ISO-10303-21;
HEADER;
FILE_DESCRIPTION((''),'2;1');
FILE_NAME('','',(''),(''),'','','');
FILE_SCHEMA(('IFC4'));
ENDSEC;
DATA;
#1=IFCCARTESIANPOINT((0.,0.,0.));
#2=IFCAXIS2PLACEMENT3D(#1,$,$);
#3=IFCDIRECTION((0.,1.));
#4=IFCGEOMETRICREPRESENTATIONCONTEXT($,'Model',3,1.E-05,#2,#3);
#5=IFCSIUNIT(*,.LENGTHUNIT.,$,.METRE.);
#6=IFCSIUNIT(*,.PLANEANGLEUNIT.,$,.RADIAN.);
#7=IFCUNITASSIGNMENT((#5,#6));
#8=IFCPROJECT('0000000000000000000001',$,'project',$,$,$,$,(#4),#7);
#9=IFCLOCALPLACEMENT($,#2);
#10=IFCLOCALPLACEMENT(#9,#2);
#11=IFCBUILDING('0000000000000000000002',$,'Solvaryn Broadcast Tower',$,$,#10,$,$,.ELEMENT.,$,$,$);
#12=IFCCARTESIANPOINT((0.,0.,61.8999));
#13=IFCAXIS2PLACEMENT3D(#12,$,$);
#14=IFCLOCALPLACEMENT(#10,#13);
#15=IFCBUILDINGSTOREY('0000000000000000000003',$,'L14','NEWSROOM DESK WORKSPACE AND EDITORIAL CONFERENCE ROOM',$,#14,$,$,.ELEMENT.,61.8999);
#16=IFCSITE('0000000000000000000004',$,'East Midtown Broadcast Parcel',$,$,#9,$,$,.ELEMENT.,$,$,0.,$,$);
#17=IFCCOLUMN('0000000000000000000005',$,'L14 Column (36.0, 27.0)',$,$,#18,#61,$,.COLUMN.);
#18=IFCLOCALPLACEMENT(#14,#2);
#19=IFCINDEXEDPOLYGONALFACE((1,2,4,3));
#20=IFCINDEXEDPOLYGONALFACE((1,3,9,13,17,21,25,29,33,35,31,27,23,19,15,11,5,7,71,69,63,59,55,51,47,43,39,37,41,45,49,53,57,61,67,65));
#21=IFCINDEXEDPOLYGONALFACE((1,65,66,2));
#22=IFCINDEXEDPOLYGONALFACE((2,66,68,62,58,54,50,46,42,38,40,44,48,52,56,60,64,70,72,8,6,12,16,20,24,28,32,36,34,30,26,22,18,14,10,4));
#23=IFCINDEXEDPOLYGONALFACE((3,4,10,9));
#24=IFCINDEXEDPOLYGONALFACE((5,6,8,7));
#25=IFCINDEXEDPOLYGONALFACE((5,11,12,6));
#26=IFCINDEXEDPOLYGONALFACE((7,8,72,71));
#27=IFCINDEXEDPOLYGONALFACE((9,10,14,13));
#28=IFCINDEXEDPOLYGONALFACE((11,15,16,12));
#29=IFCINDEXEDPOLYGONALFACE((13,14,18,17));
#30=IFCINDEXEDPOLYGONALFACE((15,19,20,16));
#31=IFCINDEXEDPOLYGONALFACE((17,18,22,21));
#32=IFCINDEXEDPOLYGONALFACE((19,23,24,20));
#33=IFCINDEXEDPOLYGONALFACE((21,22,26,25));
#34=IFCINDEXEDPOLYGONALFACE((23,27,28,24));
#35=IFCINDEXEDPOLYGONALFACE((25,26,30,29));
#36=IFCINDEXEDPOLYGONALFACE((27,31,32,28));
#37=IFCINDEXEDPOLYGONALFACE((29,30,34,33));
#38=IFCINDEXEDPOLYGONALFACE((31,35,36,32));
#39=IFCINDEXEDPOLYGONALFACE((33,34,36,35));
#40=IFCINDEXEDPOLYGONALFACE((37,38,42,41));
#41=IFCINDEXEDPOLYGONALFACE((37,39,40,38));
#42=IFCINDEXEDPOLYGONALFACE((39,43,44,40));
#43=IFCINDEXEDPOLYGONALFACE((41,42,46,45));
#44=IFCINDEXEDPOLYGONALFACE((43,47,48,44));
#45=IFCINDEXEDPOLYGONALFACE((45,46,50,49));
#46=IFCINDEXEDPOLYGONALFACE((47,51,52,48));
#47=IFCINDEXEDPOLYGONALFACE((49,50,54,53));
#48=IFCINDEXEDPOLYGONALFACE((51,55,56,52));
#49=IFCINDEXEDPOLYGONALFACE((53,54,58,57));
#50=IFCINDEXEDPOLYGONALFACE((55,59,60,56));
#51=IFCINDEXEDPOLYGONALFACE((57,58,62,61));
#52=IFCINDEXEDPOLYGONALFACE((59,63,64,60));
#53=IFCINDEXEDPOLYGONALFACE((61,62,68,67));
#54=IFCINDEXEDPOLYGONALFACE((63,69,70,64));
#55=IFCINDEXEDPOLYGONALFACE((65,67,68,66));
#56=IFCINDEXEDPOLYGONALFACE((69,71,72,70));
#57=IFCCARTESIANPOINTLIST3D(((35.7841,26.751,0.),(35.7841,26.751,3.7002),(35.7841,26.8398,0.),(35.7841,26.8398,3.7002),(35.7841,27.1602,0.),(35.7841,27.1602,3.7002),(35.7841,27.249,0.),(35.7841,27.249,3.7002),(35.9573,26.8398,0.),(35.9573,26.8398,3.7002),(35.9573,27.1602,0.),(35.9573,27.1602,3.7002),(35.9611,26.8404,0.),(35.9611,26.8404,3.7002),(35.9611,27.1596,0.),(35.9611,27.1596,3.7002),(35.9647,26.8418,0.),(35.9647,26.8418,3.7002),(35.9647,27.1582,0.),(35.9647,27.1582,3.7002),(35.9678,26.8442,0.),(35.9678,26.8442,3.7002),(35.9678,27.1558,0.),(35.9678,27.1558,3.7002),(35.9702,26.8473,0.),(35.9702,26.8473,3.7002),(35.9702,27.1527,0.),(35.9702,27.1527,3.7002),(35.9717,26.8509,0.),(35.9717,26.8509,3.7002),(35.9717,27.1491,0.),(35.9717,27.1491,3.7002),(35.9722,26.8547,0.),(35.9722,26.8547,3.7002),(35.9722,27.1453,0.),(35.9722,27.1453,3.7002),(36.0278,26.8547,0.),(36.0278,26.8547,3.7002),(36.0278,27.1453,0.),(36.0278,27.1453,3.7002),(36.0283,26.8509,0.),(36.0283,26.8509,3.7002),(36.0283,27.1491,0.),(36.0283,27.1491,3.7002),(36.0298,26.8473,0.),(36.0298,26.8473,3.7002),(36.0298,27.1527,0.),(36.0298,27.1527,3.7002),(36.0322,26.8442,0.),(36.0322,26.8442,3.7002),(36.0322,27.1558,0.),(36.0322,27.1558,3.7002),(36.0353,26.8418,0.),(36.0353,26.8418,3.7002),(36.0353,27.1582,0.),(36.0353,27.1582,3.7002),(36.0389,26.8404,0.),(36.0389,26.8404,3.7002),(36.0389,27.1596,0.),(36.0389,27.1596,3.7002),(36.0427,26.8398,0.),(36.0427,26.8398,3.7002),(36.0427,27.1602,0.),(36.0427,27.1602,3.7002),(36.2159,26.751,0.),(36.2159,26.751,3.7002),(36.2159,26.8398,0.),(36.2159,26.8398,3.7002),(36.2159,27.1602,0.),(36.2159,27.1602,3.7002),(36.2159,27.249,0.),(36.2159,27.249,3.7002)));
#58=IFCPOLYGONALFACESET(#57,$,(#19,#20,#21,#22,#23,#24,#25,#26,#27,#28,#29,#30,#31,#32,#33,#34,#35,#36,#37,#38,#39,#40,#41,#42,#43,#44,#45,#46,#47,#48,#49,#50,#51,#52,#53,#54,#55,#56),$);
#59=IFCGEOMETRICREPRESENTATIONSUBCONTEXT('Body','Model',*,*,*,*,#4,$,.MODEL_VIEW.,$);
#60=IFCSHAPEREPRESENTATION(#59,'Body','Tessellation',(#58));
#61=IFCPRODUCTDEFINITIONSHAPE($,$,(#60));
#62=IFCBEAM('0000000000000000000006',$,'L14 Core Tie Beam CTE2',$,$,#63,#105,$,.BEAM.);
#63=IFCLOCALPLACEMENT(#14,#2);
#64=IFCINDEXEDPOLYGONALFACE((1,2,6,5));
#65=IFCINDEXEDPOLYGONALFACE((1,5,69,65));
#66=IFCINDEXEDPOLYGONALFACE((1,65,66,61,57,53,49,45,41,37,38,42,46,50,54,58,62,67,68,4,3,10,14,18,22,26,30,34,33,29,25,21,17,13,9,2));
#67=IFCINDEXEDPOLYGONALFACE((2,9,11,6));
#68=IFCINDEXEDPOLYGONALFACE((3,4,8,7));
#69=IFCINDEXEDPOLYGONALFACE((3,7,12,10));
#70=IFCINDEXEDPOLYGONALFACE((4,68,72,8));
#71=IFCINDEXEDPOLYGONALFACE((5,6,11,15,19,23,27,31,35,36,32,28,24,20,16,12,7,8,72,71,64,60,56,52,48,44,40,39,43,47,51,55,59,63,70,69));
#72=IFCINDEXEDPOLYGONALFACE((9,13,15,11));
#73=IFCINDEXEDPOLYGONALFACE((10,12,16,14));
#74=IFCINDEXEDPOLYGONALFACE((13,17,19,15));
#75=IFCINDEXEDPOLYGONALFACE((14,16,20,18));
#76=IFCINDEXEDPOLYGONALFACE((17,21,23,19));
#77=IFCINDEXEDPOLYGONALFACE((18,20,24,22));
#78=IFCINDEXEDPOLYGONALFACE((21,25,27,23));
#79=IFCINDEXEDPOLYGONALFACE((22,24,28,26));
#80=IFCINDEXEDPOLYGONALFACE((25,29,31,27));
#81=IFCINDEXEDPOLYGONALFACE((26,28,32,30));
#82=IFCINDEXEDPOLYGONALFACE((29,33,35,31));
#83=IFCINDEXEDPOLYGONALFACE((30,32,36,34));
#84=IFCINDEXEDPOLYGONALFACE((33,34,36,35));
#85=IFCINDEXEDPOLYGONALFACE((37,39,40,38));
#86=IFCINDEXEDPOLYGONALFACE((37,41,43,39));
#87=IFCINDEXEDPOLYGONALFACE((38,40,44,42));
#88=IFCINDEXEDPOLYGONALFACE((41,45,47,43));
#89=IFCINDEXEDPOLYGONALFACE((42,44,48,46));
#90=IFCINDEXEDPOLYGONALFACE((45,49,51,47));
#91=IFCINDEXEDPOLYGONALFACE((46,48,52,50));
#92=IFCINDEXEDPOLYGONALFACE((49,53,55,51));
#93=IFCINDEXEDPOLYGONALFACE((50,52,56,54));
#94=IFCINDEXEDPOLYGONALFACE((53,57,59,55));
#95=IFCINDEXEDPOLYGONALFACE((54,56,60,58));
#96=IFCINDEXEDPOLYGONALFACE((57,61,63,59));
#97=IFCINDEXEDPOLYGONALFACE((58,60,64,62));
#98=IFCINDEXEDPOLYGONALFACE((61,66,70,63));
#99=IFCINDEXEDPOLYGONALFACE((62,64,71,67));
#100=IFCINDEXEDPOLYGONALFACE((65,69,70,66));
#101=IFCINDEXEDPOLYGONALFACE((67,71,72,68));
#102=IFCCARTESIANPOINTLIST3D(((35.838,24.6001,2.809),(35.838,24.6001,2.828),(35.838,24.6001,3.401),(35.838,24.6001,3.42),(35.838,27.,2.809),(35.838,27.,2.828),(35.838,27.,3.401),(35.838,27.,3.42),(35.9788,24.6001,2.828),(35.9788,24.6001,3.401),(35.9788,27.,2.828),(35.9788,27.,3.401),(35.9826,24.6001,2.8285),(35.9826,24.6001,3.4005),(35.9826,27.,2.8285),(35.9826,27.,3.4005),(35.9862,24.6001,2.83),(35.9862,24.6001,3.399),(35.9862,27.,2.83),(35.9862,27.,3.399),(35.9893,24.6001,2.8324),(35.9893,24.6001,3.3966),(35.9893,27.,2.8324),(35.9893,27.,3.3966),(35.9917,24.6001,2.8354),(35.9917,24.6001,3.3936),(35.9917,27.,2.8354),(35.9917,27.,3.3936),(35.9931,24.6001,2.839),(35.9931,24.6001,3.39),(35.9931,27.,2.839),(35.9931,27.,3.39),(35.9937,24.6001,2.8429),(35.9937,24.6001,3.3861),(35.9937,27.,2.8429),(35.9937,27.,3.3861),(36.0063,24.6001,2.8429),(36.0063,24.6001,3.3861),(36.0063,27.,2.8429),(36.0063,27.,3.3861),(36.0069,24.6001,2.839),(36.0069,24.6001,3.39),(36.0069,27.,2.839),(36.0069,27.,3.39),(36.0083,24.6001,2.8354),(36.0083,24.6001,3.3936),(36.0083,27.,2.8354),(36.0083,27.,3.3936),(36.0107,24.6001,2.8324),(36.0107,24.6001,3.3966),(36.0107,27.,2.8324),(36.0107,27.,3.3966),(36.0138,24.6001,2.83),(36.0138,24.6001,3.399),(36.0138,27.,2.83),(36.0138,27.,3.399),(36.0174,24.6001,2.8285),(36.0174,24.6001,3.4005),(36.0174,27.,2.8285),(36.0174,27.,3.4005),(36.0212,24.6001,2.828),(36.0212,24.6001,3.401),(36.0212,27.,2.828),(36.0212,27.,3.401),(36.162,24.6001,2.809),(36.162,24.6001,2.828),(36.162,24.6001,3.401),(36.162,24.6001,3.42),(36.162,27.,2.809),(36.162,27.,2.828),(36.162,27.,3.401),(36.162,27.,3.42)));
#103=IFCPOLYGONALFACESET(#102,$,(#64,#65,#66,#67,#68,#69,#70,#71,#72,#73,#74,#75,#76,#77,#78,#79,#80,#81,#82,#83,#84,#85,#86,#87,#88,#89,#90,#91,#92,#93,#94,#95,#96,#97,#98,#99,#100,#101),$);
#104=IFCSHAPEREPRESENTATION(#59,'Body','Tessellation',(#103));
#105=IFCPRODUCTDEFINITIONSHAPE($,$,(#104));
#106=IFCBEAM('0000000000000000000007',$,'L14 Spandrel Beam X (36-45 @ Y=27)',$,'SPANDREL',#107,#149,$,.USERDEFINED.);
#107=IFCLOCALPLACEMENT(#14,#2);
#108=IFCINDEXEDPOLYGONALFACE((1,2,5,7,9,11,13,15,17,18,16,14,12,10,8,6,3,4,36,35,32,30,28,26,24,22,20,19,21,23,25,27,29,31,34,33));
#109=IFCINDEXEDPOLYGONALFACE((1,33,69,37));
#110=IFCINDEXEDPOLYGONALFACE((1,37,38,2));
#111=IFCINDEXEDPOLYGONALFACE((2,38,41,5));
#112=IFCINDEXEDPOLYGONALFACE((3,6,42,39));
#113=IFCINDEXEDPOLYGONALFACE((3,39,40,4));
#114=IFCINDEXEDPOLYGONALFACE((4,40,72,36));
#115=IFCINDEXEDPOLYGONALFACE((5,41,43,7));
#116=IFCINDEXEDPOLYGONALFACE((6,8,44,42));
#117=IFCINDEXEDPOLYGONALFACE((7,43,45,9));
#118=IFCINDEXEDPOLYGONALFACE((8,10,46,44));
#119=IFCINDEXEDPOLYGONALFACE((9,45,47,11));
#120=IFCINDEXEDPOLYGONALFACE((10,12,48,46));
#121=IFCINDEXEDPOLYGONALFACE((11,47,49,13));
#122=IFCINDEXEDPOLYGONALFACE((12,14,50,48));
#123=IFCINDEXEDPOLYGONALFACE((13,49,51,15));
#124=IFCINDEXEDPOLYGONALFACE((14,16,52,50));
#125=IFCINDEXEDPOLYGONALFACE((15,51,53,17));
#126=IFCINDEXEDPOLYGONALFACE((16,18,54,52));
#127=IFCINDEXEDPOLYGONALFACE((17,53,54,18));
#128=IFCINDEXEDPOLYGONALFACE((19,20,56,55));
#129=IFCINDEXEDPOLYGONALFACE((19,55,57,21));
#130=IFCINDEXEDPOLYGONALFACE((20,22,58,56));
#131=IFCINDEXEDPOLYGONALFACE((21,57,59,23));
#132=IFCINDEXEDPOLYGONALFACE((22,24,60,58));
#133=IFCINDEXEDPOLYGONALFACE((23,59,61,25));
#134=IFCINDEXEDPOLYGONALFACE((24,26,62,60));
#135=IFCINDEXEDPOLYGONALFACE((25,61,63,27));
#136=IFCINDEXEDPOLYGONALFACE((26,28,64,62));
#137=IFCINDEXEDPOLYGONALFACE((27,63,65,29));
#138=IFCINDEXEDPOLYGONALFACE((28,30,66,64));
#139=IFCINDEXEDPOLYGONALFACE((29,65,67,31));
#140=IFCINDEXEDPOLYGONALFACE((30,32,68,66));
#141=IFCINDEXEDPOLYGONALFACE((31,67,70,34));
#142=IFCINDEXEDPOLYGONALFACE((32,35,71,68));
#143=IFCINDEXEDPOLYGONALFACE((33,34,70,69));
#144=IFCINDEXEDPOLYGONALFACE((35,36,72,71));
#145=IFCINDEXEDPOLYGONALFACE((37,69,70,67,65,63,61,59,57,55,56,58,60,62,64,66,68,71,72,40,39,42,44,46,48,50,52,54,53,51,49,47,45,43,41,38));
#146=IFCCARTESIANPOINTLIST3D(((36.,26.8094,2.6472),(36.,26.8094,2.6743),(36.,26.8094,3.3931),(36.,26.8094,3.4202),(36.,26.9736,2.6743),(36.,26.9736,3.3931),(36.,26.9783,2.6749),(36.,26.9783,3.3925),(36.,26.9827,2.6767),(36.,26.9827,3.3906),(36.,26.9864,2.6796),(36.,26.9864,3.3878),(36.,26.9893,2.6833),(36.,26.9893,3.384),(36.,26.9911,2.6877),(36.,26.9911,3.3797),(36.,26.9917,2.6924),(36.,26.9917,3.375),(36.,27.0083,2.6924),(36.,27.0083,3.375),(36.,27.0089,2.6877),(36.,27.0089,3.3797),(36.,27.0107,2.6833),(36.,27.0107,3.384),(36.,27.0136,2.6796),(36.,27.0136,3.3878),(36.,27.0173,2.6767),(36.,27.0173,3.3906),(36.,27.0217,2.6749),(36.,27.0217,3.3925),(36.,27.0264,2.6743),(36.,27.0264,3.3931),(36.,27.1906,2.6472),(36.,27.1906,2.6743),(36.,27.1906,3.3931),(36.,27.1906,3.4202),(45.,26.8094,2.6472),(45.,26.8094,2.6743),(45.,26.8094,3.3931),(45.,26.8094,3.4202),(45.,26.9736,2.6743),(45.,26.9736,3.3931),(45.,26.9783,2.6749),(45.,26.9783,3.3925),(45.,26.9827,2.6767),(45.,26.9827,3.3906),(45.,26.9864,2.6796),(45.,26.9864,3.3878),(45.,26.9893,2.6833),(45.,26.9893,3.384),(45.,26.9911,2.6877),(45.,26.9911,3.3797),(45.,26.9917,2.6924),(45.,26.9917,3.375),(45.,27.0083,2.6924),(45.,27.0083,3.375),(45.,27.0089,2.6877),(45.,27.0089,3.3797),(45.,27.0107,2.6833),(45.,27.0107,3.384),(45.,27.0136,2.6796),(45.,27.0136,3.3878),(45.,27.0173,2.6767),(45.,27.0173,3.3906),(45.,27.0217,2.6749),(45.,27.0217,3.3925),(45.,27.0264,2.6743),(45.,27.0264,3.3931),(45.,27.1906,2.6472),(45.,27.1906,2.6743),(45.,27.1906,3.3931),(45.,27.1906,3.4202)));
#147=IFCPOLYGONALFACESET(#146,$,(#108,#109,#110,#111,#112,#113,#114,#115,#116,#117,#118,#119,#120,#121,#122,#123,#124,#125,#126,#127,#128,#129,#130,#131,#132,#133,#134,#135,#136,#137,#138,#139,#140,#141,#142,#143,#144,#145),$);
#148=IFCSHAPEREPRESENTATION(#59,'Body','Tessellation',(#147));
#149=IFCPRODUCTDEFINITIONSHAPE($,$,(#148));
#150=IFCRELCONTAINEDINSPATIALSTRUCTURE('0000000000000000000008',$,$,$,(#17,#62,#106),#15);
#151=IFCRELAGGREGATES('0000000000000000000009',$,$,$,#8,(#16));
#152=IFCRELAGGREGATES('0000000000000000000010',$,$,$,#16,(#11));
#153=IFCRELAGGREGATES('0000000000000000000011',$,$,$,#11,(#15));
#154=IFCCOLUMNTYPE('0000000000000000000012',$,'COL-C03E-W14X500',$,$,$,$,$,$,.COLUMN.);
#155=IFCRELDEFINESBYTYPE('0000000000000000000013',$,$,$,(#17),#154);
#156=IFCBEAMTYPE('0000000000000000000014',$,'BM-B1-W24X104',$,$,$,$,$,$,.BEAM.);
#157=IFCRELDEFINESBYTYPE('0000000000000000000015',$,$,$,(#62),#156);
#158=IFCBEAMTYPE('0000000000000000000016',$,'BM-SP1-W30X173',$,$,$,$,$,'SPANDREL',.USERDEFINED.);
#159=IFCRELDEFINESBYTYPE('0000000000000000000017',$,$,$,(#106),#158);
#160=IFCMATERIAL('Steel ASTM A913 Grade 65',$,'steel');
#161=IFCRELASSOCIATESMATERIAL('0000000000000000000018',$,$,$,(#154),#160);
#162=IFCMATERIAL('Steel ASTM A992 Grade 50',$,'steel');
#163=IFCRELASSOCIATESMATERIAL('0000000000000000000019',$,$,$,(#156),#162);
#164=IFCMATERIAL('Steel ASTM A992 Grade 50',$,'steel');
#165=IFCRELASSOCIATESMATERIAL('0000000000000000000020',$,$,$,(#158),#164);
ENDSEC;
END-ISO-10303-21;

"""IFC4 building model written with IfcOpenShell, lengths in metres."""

from ifc_helpers import new_model, si_unit, direction, frame, origin, origin_2d, place, context, subcontext, project, spatial, i_section, extrude, material, material_profile, profile_set, type_object, element, save


model = new_model("IFC4")

# Units and contexts
model_context = context("Model", 3, precision=1e-05, world=origin(), true_north=direction((0.0, 1.0)))
body_context = subcontext(model_context, "Body", "Model", "MODEL_VIEW")
ifc_project = project(units=[si_unit("LENGTHUNIT", "METRE"), si_unit("PLANEANGLEUNIT", "RADIAN")], contexts=[model_context])

# Site, building, storey
site_placement = place(None, origin())
site = spatial("IfcSite", under=ifc_project, at=site_placement, Name="East Midtown Broadcast Parcel", CompositionType="ELEMENT", RefElevation=0.0)
building_placement = place(site_placement, origin())
building = spatial("IfcBuilding", under=site, at=building_placement, Name="Solvaryn Broadcast Tower", CompositionType="ELEMENT")
storey_placement = place(building_placement, frame((0.0, 0.0, 61.8999)))
storey = spatial("IfcBuildingStorey", under=building, at=storey_placement, Name="L14", Description="NEWSROOM DESK WORKSPACE AND EDITORIAL CONFERENCE ROOM", CompositionType="ELEMENT", Elevation=61.8999)

# Column
ifc_material_1 = material(Name="Steel ASTM A913 Grade 65", Category="steel")
ifc_material_profile_1 = material_profile(ifc_material_1, i_section(OverallWidth=0.4319, OverallDepth=0.498, WebThickness=0.0557, FlangeThickness=0.0889, FilletRadius=0.0149, at=origin_2d()))
ifc_profile_set_1 = profile_set([ifc_material_profile_1], Name="Steel ASTM A913 Grade 65")
column_type = type_object("IfcColumnType", Name="COL-C03E-W14X500", PredefinedType="COLUMN", material=ifc_profile_set_1)
column_placement = place(storey_placement, frame((36.0, 27.0, 0.0), z_axis=(0.0, 0.0, 1.0), x_axis=(1.0, 0.0, 0.0)))
element("IfcColumn", 1, at=column_placement, inside=storey, type_object=column_type, Name="L14 Column (36.0, 27.0)", PredefinedType="COLUMN", context=body_context, shape_type="SweptSolid", body=[
    extrude(i_section(OverallWidth=0.4319, OverallDepth=0.498, WebThickness=0.0557, FlangeThickness=0.0889, FilletRadius=0.0149, at=origin_2d()), origin(), (0.0, 0.0, 1.0), 3.7002),
])

# Beams
ifc_material_2 = material(Name="Steel ASTM A992 Grade 50", Category="steel")
ifc_material_profile_2 = material_profile(ifc_material_2, i_section(OverallWidth=0.324, OverallDepth=0.6111, WebThickness=0.0127, FlangeThickness=0.019, FilletRadius=0.0149, at=origin_2d()))
ifc_profile_set_2 = profile_set([ifc_material_profile_2], Name="Steel ASTM A992 Grade 50")
beam_type_1 = type_object("IfcBeamType", Name="BM-B1-W24X104", PredefinedType="BEAM", material=ifc_profile_set_2)
beam_1_placement = place(storey_placement, frame((36.0, 24.6001, 3.1145), z_axis=(0.0, 1.0, 0.0), x_axis=(-1.0, 0.0, 0.0)))
element("IfcBeam", 2, at=beam_1_placement, inside=storey, type_object=beam_type_1, Name="L14 Core Tie Beam CTE2", PredefinedType="BEAM", context=body_context, shape_type="SweptSolid", body=[
    extrude(i_section(OverallWidth=0.324, OverallDepth=0.6111, WebThickness=0.0127, FlangeThickness=0.019, FilletRadius=0.0149, at=origin_2d()), origin(), (0.0, 0.0, 1.0), 2.3999),
])
ifc_material_3 = material(Name="Steel ASTM A992 Grade 50", Category="steel")
ifc_material_profile_3 = material_profile(ifc_material_3, i_section(OverallWidth=0.3811, OverallDepth=0.7729, WebThickness=0.0166, FlangeThickness=0.0271, FilletRadius=0.0181, at=origin_2d()))
ifc_profile_set_3 = profile_set([ifc_material_profile_3], Name="Steel ASTM A992 Grade 50")
beam_type_2 = type_object("IfcBeamType", Name="BM-SP1-W30X173", ElementType="SPANDREL", PredefinedType="USERDEFINED", material=ifc_profile_set_3)
beam_2_placement = place(storey_placement, frame((36.0, 27.0, 3.0337), z_axis=(1.0, 0.0, 0.0), x_axis=(0.0, 1.0, 0.0)))
element("IfcBeam", 3, at=beam_2_placement, inside=storey, type_object=beam_type_2, Name="L14 Spandrel Beam X (36-45 @ Y=27)", ObjectType="SPANDREL", PredefinedType="USERDEFINED", context=body_context, shape_type="SweptSolid", body=[
    extrude(i_section(OverallWidth=0.3811, OverallDepth=0.7729, WebThickness=0.0166, FlangeThickness=0.0271, FilletRadius=0.0181, at=origin_2d()), origin(), (0.0, 0.0, 1.0), 9.0),
])

save(model, "model.ifc")
